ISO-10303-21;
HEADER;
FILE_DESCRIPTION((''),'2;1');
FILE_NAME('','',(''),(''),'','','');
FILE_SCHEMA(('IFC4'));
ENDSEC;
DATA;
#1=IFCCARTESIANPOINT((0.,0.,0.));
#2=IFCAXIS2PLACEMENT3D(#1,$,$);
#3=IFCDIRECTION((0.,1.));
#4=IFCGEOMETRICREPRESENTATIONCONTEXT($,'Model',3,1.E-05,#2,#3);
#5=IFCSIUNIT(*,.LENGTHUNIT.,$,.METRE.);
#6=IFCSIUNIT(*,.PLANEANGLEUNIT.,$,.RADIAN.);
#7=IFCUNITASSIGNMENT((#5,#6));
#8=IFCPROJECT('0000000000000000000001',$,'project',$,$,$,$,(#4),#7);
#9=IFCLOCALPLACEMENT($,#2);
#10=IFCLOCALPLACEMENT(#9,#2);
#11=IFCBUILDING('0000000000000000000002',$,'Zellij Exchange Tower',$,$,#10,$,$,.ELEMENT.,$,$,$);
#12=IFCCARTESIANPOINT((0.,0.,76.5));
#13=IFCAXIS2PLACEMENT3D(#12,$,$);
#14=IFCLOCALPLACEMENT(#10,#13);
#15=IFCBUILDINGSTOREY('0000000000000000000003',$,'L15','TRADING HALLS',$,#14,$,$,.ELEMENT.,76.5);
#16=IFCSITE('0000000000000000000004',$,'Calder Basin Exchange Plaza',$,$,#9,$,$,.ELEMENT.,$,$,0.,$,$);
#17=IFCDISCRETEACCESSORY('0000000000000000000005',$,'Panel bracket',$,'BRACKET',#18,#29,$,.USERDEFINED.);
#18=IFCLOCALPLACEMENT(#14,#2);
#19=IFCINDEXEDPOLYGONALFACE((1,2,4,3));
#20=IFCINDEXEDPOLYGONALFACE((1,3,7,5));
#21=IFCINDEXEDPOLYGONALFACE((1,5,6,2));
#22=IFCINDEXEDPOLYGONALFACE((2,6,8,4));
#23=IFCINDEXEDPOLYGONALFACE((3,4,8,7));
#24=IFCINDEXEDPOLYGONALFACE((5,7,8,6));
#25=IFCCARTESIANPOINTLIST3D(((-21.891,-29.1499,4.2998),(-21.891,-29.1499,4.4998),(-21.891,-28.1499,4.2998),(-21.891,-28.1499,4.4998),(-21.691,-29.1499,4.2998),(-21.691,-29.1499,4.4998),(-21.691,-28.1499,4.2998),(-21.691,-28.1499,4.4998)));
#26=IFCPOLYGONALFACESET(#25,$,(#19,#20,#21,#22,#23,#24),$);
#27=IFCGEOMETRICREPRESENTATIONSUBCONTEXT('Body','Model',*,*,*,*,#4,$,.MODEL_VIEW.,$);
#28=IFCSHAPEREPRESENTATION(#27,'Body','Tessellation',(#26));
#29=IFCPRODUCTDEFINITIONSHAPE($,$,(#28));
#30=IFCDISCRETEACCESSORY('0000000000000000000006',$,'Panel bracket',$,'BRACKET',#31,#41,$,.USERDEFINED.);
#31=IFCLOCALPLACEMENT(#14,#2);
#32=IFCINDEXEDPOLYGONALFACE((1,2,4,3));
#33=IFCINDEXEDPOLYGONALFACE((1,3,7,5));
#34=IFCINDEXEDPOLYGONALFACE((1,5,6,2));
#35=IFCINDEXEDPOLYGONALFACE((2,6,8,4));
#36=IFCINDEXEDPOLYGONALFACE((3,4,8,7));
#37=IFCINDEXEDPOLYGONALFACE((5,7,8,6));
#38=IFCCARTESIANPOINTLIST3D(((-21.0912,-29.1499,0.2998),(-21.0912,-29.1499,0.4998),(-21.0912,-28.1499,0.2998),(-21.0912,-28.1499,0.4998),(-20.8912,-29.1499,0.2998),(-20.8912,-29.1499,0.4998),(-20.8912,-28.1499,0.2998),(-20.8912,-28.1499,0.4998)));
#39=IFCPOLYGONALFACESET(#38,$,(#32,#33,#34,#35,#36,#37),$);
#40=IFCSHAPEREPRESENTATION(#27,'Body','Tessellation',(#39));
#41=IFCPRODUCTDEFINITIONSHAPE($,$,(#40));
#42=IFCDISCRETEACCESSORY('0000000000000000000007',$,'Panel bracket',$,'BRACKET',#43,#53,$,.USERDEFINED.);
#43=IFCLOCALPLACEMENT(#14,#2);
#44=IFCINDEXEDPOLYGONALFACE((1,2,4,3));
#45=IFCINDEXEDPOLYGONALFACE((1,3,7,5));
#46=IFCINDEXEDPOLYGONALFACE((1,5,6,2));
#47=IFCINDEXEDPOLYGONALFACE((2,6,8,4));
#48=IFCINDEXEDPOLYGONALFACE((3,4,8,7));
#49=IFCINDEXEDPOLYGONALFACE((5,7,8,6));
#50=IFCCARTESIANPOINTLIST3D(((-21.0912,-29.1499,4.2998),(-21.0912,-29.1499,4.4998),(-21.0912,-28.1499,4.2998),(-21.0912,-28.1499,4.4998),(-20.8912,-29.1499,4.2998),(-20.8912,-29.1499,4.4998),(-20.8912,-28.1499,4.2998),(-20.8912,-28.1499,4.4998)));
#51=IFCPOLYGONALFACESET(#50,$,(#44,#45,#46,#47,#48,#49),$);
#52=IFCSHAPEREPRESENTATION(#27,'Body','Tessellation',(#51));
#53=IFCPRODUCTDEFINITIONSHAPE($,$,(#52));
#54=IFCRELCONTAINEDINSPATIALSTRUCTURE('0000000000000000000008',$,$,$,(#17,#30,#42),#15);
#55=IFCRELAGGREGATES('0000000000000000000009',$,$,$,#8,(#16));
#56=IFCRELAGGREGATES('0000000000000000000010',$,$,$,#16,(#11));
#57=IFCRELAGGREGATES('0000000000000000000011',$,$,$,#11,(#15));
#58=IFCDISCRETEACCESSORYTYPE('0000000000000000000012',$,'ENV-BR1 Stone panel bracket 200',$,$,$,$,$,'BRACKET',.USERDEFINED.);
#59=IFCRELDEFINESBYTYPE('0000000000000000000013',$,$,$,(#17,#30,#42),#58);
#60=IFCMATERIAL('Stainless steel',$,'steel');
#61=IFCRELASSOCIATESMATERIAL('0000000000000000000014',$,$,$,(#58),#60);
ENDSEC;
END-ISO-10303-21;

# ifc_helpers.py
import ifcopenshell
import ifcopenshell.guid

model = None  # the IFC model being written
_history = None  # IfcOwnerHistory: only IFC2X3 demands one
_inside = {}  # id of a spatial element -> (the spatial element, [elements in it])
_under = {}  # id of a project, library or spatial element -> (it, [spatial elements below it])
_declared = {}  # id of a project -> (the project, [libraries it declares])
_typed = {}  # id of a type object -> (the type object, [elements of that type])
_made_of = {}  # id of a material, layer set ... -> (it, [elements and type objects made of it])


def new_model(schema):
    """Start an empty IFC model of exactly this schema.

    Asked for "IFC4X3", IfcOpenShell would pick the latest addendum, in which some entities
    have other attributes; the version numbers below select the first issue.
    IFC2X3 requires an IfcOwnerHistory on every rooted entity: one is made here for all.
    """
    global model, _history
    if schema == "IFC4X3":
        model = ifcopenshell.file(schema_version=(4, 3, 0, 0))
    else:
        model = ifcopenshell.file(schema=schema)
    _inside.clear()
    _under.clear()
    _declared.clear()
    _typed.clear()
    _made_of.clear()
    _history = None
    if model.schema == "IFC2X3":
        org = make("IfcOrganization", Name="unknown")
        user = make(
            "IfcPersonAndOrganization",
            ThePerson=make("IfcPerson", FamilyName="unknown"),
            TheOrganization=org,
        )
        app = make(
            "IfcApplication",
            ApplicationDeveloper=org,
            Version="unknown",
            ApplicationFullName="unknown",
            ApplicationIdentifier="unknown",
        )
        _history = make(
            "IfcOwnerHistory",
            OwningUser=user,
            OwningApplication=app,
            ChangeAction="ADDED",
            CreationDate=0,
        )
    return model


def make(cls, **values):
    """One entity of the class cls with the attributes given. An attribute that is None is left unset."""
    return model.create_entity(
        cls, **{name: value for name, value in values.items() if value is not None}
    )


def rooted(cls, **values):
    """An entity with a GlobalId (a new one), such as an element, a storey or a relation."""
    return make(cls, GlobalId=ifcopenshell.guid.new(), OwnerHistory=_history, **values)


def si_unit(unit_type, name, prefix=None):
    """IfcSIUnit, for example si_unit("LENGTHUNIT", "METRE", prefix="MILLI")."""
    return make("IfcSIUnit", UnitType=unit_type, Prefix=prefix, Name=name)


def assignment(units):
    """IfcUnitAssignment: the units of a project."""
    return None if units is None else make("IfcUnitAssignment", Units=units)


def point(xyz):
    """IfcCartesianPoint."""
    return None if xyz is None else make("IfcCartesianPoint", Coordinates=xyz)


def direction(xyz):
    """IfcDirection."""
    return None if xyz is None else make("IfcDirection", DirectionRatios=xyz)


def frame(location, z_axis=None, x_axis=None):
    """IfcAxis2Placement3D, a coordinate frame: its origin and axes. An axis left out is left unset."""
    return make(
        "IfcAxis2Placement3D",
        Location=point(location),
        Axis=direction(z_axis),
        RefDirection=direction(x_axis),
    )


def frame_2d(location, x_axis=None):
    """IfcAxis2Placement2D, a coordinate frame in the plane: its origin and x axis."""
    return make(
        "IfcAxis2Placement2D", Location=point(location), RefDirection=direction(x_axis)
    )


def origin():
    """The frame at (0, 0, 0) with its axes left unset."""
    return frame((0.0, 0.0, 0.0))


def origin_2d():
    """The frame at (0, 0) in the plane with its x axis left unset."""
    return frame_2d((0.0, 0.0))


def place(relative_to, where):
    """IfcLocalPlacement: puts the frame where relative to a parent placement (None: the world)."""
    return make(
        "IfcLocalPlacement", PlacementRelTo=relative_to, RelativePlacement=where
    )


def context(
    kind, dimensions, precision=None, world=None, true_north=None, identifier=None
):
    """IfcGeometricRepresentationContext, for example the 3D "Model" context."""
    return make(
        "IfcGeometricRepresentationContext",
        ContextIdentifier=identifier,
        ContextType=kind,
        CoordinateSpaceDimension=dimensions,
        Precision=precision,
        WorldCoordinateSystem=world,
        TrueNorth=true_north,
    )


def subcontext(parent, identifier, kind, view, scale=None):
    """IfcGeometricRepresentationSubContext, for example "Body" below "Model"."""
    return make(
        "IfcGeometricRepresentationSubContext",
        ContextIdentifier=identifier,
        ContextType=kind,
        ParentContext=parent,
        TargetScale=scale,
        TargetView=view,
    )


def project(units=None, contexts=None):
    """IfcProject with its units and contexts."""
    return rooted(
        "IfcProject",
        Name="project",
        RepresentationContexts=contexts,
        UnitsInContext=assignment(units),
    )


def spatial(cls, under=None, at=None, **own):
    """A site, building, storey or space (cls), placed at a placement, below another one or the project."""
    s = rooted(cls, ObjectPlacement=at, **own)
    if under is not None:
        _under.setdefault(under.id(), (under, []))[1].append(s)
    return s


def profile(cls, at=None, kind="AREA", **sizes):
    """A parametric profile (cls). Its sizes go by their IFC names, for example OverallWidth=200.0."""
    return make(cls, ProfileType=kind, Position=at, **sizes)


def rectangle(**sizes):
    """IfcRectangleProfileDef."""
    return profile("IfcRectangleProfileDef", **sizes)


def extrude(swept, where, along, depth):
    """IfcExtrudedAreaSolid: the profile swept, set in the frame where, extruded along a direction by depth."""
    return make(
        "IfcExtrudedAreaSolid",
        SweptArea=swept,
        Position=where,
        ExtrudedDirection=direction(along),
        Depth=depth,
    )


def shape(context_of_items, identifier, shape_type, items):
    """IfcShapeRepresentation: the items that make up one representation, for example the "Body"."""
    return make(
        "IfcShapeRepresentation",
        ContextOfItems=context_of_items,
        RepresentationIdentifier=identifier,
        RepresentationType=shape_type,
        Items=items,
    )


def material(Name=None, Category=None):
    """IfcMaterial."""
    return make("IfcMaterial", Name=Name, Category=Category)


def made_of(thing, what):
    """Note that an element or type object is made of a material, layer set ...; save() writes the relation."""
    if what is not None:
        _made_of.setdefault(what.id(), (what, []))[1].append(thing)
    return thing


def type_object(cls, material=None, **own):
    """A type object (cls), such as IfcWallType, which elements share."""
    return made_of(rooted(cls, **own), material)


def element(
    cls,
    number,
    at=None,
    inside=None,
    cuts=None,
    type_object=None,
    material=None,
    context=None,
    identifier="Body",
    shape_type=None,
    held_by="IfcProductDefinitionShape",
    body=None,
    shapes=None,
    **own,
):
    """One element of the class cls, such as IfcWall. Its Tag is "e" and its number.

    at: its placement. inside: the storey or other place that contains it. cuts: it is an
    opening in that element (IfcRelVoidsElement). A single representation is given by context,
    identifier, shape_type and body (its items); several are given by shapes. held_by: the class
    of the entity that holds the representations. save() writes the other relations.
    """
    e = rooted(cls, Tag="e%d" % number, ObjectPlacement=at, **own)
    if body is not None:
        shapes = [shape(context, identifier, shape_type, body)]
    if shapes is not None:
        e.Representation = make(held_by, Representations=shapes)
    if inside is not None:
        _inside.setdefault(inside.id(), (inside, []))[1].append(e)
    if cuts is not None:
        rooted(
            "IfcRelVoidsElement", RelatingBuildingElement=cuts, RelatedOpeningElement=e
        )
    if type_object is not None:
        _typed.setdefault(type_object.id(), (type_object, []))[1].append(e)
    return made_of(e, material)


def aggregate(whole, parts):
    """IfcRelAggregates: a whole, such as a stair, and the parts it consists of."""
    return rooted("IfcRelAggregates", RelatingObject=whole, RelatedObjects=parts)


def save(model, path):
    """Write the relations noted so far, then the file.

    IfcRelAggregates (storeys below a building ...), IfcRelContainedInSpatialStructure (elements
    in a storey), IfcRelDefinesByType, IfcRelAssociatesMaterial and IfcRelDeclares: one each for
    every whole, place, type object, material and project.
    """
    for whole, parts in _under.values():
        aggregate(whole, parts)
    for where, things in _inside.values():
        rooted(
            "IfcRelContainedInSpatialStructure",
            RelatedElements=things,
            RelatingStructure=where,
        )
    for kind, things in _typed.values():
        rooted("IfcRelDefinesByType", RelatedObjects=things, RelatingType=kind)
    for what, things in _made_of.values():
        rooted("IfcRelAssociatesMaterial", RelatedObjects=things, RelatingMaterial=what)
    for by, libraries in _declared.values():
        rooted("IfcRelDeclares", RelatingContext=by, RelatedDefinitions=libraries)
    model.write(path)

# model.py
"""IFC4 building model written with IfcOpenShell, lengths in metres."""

from ifc_helpers import new_model, si_unit, direction, frame, origin, origin_2d, place, context, subcontext, project, spatial, rectangle, extrude, material, type_object, element, save


model = new_model("IFC4")

# Units and contexts
model_context = context("Model", 3, precision=1e-05, world=origin(), true_north=direction((0.0, 1.0)))
body_context = subcontext(model_context, "Body", "Model", "MODEL_VIEW")
ifc_project = project(units=[si_unit("LENGTHUNIT", "METRE"), si_unit("PLANEANGLEUNIT", "RADIAN")], contexts=[model_context])

# Site, building, storey
site_placement = place(None, origin())
site = spatial("IfcSite", under=ifc_project, at=site_placement, Name="Calder Basin Exchange Plaza", CompositionType="ELEMENT", RefElevation=0.0)
building_placement = place(site_placement, origin())
building = spatial("IfcBuilding", under=site, at=building_placement, Name="Zellij Exchange Tower", CompositionType="ELEMENT")
storey_placement = place(building_placement, frame((0.0, 0.0, 76.5)))
storey = spatial("IfcBuildingStorey", under=building, at=storey_placement, Name="L15", Description="TRADING HALLS", CompositionType="ELEMENT", Elevation=76.5)

# Discrete accessories
ifc_material_1 = material(Name="Stainless steel", Category="steel")
discrete_accessory_type = type_object("IfcDiscreteAccessoryType", Name="ENV-BR1 Stone panel bracket 200", ElementType="BRACKET", PredefinedType="USERDEFINED", material=ifc_material_1)
for number, where, z_axis, x_axis, name in (
    (1, (-21.791, -28.6499, 4.2998), (0.0, 0.0, 1.0), (1.0, 0.0, 0.0), "Panel bracket"),
    (2, (-20.9912, -28.6499, 0.2998), (0.0, 0.0, 1.0), (1.0, 0.0, 0.0), "Panel bracket"),
    (3, (-20.9912, -28.6499, 4.2998), (0.0, 0.0, 1.0), (1.0, 0.0, 0.0), "Panel bracket"),
):
    element("IfcDiscreteAccessory", number, at=place(storey_placement, frame(where, z_axis=z_axis, x_axis=x_axis)), inside=storey, type_object=discrete_accessory_type, Name=name, ObjectType="BRACKET", PredefinedType="USERDEFINED", context=body_context, shape_type="SweptSolid", body=[
        extrude(rectangle(XDim=0.2, YDim=1.0, at=origin_2d()), origin(), (0.0, 0.0, 1.0), 0.2),
    ])

save(model, "model.ifc")
